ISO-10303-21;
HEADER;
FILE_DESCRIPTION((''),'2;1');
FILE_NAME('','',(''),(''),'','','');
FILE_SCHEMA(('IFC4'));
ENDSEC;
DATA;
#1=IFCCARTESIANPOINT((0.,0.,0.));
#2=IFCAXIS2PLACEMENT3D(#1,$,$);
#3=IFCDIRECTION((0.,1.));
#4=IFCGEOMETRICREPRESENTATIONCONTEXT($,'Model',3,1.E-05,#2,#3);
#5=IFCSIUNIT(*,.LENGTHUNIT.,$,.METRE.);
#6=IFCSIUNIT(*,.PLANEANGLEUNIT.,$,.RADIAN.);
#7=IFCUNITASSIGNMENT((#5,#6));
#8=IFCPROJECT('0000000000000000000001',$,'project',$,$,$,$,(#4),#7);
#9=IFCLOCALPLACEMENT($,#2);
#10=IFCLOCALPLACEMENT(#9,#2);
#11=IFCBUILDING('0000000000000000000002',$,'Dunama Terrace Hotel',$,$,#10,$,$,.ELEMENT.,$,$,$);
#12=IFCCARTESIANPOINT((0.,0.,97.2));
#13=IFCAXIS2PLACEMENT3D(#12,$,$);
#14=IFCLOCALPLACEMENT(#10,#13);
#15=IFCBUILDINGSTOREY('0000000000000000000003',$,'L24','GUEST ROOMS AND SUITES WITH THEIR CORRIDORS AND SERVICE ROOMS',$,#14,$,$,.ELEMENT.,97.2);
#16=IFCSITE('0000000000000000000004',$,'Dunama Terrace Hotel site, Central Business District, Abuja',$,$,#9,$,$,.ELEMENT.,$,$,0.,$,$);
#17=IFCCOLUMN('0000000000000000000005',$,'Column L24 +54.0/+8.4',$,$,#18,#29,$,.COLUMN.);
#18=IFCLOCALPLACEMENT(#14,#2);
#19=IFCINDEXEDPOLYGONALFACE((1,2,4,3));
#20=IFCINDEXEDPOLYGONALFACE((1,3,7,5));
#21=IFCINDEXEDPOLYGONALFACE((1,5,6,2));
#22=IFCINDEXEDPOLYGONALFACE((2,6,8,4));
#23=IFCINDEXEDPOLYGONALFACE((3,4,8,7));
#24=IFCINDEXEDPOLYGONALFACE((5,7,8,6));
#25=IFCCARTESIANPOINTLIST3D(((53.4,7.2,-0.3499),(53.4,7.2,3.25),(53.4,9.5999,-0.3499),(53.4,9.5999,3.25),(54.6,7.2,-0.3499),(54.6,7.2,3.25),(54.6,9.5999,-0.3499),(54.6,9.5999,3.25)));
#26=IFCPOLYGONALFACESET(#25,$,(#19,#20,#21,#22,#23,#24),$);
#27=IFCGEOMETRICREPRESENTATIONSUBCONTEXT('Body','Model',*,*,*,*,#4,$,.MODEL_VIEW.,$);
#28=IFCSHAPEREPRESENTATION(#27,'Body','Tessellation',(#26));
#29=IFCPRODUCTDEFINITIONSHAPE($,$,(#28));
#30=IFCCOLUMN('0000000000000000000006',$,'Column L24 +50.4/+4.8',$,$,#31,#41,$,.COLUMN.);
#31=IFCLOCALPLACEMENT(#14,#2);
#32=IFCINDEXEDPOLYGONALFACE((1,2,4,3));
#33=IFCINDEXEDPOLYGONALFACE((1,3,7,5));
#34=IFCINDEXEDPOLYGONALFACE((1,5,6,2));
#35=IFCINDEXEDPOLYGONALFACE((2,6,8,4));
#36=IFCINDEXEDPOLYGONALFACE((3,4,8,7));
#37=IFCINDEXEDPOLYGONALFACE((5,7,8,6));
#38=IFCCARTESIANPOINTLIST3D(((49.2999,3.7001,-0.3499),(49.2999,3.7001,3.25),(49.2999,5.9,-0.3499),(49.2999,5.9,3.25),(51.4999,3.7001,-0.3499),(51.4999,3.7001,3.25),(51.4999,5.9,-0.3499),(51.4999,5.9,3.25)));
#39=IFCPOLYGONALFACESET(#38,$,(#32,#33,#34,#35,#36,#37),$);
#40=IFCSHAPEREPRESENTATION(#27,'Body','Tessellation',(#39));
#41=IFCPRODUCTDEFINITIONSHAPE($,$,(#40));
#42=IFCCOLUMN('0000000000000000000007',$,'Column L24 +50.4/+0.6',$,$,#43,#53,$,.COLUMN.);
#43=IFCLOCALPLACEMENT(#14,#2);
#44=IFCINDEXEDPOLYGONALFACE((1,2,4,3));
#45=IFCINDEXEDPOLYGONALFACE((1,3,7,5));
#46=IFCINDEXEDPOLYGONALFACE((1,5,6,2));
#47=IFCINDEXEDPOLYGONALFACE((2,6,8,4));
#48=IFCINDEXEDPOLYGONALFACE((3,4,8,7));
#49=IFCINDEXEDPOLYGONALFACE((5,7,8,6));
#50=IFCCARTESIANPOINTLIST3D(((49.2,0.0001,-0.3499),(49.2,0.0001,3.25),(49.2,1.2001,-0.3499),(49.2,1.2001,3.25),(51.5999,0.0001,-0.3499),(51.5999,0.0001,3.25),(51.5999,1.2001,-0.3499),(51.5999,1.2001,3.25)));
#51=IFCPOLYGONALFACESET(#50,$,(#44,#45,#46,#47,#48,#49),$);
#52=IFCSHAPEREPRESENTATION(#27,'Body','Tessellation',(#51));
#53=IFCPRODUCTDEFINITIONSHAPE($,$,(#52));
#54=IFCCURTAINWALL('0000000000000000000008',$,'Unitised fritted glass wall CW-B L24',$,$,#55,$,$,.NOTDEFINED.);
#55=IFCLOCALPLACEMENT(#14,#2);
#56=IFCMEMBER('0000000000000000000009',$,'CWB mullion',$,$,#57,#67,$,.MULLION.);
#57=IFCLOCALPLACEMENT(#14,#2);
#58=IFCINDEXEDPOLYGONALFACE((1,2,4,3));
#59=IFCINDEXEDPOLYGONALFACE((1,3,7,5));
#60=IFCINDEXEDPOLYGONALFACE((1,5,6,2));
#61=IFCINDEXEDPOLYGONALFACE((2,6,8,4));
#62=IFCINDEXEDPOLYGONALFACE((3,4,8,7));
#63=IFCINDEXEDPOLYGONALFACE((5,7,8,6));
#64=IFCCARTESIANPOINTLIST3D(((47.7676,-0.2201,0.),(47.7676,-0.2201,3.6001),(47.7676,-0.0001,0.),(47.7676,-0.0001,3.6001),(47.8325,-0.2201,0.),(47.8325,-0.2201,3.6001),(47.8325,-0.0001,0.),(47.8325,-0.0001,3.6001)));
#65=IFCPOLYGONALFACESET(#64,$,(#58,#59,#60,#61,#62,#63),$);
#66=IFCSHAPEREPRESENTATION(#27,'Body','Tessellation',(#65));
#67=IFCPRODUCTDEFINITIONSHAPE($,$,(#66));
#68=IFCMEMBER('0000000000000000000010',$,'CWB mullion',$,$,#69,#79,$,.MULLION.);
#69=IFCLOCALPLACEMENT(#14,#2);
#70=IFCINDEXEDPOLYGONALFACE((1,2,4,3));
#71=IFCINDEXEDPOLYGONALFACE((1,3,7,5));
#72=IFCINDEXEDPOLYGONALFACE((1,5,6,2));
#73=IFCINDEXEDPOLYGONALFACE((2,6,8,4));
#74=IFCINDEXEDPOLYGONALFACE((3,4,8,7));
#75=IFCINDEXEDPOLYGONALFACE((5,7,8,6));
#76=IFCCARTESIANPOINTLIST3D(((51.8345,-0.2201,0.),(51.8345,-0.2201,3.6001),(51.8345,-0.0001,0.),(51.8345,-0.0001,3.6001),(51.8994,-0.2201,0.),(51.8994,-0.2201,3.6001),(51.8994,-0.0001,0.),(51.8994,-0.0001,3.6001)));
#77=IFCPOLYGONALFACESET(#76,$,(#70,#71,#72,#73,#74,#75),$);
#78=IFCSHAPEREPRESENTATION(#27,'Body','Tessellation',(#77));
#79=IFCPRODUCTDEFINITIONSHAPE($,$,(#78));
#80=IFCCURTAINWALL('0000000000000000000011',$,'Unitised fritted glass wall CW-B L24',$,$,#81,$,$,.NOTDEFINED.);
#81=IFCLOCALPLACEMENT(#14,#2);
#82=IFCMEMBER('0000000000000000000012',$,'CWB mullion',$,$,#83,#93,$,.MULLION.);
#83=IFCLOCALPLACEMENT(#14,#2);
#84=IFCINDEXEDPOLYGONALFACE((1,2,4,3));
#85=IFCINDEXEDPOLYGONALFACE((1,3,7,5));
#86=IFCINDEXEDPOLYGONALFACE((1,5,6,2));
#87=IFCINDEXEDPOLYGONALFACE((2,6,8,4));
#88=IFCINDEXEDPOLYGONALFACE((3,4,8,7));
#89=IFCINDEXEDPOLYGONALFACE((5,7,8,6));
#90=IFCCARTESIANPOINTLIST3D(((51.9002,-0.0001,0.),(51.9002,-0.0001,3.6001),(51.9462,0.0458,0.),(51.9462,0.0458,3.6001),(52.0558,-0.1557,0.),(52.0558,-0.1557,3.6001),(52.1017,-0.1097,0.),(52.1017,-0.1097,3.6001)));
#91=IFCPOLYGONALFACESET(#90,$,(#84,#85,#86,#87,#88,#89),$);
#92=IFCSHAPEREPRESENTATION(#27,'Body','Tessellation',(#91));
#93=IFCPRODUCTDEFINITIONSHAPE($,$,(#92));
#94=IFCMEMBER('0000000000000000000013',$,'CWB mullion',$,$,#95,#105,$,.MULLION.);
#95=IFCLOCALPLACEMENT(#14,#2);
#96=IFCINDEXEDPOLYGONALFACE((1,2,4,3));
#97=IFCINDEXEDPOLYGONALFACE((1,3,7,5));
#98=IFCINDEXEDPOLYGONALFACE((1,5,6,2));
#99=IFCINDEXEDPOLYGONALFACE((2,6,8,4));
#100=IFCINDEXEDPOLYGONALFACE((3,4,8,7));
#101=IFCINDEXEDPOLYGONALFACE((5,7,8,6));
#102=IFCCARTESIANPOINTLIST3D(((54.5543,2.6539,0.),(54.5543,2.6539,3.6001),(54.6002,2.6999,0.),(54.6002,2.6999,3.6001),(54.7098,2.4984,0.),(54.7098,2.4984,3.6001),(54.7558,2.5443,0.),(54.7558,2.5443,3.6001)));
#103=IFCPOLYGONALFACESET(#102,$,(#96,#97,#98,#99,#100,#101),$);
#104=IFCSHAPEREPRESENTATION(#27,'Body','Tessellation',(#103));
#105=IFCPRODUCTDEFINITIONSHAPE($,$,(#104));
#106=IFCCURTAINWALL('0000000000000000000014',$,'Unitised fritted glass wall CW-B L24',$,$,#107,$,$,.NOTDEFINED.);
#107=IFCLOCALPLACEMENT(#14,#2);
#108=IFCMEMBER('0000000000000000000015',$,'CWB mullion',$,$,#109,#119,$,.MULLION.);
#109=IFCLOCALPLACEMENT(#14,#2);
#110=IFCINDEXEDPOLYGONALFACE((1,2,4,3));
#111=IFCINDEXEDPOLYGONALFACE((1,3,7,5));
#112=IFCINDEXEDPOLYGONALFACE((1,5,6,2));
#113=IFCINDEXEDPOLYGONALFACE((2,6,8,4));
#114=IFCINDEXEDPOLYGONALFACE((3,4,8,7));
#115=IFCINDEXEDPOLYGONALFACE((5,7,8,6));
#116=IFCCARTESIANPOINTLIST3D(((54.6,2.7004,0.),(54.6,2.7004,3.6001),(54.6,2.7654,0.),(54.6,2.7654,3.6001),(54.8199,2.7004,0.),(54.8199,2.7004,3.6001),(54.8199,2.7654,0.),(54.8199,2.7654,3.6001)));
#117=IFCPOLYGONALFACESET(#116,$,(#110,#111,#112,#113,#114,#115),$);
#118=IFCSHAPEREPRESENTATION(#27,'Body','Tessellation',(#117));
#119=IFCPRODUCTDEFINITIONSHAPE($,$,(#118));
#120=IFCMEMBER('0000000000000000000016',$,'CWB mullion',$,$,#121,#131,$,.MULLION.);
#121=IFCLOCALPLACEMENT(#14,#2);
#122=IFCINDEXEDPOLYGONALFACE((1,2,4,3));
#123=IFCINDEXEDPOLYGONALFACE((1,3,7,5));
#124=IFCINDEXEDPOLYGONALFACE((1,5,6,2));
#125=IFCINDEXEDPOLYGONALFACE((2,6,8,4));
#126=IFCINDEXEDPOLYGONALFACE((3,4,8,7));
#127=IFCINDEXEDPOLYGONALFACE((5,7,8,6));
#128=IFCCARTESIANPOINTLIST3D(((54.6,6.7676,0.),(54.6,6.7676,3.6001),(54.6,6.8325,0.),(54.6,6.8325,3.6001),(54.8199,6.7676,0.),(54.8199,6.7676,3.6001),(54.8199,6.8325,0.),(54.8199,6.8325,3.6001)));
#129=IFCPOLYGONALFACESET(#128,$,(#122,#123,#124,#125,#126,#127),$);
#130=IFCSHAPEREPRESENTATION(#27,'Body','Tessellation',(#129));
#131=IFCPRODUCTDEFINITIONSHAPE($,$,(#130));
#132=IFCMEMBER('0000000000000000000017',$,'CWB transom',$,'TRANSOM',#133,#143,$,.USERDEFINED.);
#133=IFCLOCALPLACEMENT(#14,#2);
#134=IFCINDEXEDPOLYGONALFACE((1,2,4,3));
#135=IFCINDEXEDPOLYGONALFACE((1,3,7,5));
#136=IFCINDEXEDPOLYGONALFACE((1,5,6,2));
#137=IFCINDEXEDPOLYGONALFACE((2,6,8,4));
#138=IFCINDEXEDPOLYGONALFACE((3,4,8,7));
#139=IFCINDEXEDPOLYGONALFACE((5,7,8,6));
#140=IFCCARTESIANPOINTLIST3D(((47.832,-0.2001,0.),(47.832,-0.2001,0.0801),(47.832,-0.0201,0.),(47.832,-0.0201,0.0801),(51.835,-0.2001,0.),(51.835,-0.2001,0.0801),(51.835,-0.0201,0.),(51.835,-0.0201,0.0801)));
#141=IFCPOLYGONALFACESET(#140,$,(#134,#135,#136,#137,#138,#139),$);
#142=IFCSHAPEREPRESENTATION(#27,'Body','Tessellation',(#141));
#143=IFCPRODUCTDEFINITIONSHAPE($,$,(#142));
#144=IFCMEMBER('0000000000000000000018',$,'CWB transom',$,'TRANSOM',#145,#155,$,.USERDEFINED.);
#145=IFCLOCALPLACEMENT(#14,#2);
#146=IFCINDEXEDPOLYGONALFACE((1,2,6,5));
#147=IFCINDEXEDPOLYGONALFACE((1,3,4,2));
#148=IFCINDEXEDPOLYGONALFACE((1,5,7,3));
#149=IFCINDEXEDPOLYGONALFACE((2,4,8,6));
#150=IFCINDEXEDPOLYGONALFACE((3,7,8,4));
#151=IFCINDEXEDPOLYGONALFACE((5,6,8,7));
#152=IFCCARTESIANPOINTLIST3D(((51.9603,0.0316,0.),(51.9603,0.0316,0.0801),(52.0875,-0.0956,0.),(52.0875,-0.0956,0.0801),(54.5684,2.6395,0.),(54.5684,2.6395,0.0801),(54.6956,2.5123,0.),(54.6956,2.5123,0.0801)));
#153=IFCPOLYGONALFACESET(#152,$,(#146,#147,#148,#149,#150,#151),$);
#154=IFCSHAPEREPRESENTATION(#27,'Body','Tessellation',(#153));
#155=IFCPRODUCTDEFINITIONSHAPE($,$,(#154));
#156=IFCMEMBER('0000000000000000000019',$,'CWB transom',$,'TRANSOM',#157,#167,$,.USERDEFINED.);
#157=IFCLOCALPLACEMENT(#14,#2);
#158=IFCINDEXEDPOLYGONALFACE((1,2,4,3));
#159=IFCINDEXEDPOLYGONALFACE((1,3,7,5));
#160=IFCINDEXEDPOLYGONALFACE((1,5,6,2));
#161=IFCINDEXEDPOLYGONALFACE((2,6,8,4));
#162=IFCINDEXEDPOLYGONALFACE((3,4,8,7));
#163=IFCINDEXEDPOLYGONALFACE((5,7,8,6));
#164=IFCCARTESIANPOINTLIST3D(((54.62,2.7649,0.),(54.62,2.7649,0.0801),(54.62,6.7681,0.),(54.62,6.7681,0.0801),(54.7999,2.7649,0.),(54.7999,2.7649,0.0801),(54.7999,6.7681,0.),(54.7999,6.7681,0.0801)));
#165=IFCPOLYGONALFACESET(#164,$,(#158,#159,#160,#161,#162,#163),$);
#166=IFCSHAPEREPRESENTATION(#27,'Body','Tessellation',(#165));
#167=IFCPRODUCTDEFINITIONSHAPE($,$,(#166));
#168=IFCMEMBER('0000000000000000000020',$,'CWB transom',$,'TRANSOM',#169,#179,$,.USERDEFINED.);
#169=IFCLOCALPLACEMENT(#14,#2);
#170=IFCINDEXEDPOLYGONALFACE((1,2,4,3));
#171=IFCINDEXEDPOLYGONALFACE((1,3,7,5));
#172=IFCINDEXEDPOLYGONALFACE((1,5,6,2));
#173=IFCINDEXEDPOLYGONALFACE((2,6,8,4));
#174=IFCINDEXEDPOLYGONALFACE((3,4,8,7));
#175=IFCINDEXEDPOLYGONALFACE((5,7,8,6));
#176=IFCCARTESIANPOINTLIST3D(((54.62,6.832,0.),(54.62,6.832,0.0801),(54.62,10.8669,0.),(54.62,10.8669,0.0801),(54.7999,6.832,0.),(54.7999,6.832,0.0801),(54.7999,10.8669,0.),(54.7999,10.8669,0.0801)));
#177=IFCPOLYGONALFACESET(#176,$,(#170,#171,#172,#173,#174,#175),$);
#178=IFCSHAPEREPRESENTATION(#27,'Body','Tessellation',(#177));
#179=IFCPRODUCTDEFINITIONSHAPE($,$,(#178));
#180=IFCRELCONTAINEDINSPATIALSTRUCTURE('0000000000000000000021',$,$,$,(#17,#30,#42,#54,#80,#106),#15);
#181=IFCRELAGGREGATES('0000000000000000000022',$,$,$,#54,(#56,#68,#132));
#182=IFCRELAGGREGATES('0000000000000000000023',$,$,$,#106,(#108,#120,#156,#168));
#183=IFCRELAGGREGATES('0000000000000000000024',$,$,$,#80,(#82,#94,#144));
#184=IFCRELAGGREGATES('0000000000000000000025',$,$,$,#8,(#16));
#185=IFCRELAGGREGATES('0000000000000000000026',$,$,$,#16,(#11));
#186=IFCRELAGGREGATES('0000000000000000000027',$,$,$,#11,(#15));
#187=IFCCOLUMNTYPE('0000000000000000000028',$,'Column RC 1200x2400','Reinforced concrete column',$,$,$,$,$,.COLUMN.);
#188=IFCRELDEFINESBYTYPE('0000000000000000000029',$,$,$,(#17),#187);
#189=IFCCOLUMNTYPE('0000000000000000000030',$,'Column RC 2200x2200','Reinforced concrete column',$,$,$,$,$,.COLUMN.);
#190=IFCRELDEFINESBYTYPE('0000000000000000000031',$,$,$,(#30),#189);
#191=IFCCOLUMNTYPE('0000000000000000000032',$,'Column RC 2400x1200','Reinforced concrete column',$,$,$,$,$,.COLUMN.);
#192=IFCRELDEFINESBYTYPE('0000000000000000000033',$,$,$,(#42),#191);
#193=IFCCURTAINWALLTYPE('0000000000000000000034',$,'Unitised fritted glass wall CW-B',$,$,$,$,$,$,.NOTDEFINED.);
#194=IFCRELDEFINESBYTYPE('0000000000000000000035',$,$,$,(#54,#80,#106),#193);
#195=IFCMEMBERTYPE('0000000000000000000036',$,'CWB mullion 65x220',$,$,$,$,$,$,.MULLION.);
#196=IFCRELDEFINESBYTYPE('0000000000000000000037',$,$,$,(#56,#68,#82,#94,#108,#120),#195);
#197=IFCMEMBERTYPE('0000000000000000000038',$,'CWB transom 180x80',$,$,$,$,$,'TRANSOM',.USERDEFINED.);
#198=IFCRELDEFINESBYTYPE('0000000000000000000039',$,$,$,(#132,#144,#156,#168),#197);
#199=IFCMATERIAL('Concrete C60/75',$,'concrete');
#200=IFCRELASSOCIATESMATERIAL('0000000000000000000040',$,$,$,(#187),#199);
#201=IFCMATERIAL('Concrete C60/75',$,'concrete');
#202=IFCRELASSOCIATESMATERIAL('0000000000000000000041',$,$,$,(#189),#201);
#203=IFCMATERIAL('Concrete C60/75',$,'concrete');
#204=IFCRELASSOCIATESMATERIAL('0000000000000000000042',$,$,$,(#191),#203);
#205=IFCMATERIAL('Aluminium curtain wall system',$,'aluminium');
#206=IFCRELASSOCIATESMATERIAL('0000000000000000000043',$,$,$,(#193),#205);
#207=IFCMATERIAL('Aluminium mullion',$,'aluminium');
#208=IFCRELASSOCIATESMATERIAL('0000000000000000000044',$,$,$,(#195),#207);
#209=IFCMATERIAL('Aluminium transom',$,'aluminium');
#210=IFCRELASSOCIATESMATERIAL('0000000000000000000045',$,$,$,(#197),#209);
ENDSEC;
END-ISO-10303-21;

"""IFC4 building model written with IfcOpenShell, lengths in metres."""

from ifc_helpers import new_model, si_unit, direction, frame, origin, origin_2d, place, context, subcontext, project, spatial, rectangle, extrude, material, material_profile, profile_set, type_object, element, aggregate, save


model = new_model("IFC4")

# Units and contexts
model_context = context("Model", 3, precision=1e-05, world=origin(), true_north=direction((0.0, 1.0)))
body_context = subcontext(model_context, "Body", "Model", "MODEL_VIEW")
ifc_project = project(units=[si_unit("LENGTHUNIT", "METRE"), si_unit("PLANEANGLEUNIT", "RADIAN")], contexts=[model_context])

# Site, building, storey
site_placement = place(None, origin())
site = spatial("IfcSite", under=ifc_project, at=site_placement, Name="Dunama Terrace Hotel site, Central Business District, Abuja", CompositionType="ELEMENT", RefElevation=0.0)
building_placement = place(site_placement, origin())
building = spatial("IfcBuilding", under=site, at=building_placement, Name="Dunama Terrace Hotel", CompositionType="ELEMENT")
storey_placement = place(building_placement, frame((0.0, 0.0, 97.2)))
storey = spatial("IfcBuildingStorey", under=building, at=storey_placement, Name="L24", Description="GUEST ROOMS AND SUITES WITH THEIR CORRIDORS AND SERVICE ROOMS", CompositionType="ELEMENT", Elevation=97.2)

# Columns
ifc_material_1 = material(Name="Concrete C60/75", Category="concrete")
ifc_material_profile_1 = material_profile(ifc_material_1, rectangle(XDim=1.2, YDim=2.3999, at=origin_2d()), Name="RC 1200x2400")
ifc_profile_set_1 = profile_set([ifc_material_profile_1], Name="Concrete C60/75")
column_type_1 = type_object("IfcColumnType", Name="Column RC 1200x2400", Description="Reinforced concrete column", PredefinedType="COLUMN", material=ifc_profile_set_1)
column_1_placement = place(storey_placement, frame((54.0, 8.3999, -0.3499), z_axis=(0.0, 0.0, 1.0), x_axis=(1.0, 0.0, 0.0)))
element("IfcColumn", 1, at=column_1_placement, inside=storey, type_object=column_type_1, Name="Column L24 +54.0/+8.4", PredefinedType="COLUMN", context=body_context, shape_type="SweptSolid", body=[
    extrude(rectangle(XDim=1.2, YDim=2.3999, at=origin_2d()), origin(), (0.0, 0.0, 1.0), 3.5999),
])
ifc_material_2 = material(Name="Concrete C60/75", Category="concrete")
ifc_material_profile_2 = material_profile(ifc_material_2, rectangle(XDim=2.2, YDim=2.2, at=origin_2d()), Name="RC 2200x2200")
ifc_profile_set_2 = profile_set([ifc_material_profile_2], Name="Concrete C60/75")
column_type_2 = type_object("IfcColumnType", Name="Column RC 2200x2200", Description="Reinforced concrete column", PredefinedType="COLUMN", material=ifc_profile_set_2)
column_2_placement = place(storey_placement, frame((50.3999, 4.8, -0.3499), z_axis=(0.0, 0.0, 1.0), x_axis=(1.0, 0.0, 0.0)))
element("IfcColumn", 2, at=column_2_placement, inside=storey, type_object=column_type_2, Name="Column L24 +50.4/+4.8", PredefinedType="COLUMN", context=body_context, shape_type="SweptSolid", body=[
    extrude(rectangle(XDim=2.2, YDim=2.2, at=origin_2d()), origin(), (0.0, 0.0, 1.0), 3.5999),
])
ifc_material_3 = material(Name="Concrete C60/75", Category="concrete")
ifc_material_profile_3 = material_profile(ifc_material_3, rectangle(XDim=2.3999, YDim=1.2, at=origin_2d()), Name="RC 2400x1200")
ifc_profile_set_3 = profile_set([ifc_material_profile_3], Name="Concrete C60/75")
column_type_3 = type_object("IfcColumnType", Name="Column RC 2400x1200", Description="Reinforced concrete column", PredefinedType="COLUMN", material=ifc_profile_set_3)
column_3_placement = place(storey_placement, frame((50.3999, 0.6001, -0.3499), z_axis=(0.0, 0.0, 1.0), x_axis=(1.0, 0.0, 0.0)))
element("IfcColumn", 3, at=column_3_placement, inside=storey, type_object=column_type_3, Name="Column L24 +50.4/+0.6", PredefinedType="COLUMN", context=body_context, shape_type="SweptSolid", body=[
    extrude(rectangle(XDim=2.3999, YDim=1.2, at=origin_2d()), origin(), (0.0, 0.0, 1.0), 3.5999),
])

# Curtain walls, members
ifc_material_4 = material(Name="Aluminium curtain wall system", Category="aluminium")
curtain_wall_type = type_object("IfcCurtainWallType", Name="Unitised fritted glass wall CW-B", PredefinedType="NOTDEFINED", material=ifc_material_4)
curtain_wall_1_placement = place(storey_placement, origin())
curtain_wall_1 = element("IfcCurtainWall", 4, at=curtain_wall_1_placement, inside=storey, type_object=curtain_wall_type, Name="Unitised fritted glass wall CW-B L24", PredefinedType="NOTDEFINED")
ifc_material_5 = material(Name="Aluminium mullion", Category="aluminium")
ifc_material_profile_4 = material_profile(ifc_material_5, rectangle(XDim=0.0649, YDim=0.22, at=origin_2d()), Name="CWB MULLION 65X220")
ifc_profile_set_4 = profile_set([ifc_material_profile_4], Name="Aluminium mullion")
member_type_1 = type_object("IfcMemberType", Name="CWB mullion 65x220", PredefinedType="MULLION", material=ifc_profile_set_4)
member_1_placement = place(storey_placement, frame((47.8, -0.1101, 0.0), z_axis=(0.0, 0.0, 1.0), x_axis=(1.0, 0.0, 0.0)))
member_1 = element("IfcMember", 5, at=member_1_placement, type_object=member_type_1, Name="CWB mullion", PredefinedType="MULLION", context=body_context, shape_type="SweptSolid", body=[
    extrude(rectangle(XDim=0.0649, YDim=0.22, at=origin_2d()), origin(), (0.0, 0.0, 1.0), 3.6001),
])
member_2_placement = place(storey_placement, frame((51.8669, -0.1101, 0.0), z_axis=(0.0, 0.0, 1.0), x_axis=(1.0, 0.0, 0.0)))
member_2 = element("IfcMember", 6, at=member_2_placement, type_object=member_type_1, Name="CWB mullion", PredefinedType="MULLION", context=body_context, shape_type="SweptSolid", body=[
    extrude(rectangle(XDim=0.0649, YDim=0.22, at=origin_2d()), origin(), (0.0, 0.0, 1.0), 3.6001),
])
curtain_wall_2_placement = place(storey_placement, origin())
curtain_wall_2 = element("IfcCurtainWall", 7, at=curtain_wall_2_placement, inside=storey, type_object=curtain_wall_type, Name="Unitised fritted glass wall CW-B L24", PredefinedType="NOTDEFINED")
member_3_placement = place(storey_placement, frame((52.001, -0.0549, 0.0), z_axis=(0.0, 0.0, 1.0), x_axis=(0.707107, 0.707107, 0.0)))
member_3 = element("IfcMember", 8, at=member_3_placement, type_object=member_type_1, Name="CWB mullion", PredefinedType="MULLION", context=body_context, shape_type="SweptSolid", body=[
    extrude(rectangle(XDim=0.0649, YDim=0.22, at=origin_2d()), origin(), (0.0, 0.0, 1.0), 3.6001),
])
member_4_placement = place(storey_placement, frame((54.655, 2.5991, 0.0), z_axis=(0.0, 0.0, 1.0), x_axis=(0.707107, 0.707107, 0.0)))
member_4 = element("IfcMember", 9, at=member_4_placement, type_object=member_type_1, Name="CWB mullion", PredefinedType="MULLION", context=body_context, shape_type="SweptSolid", body=[
    extrude(rectangle(XDim=0.0649, YDim=0.22, at=origin_2d()), origin(), (0.0, 0.0, 1.0), 3.6001),
])
curtain_wall_3_placement = place(storey_placement, origin())
curtain_wall_3 = element("IfcCurtainWall", 10, at=curtain_wall_3_placement, inside=storey, type_object=curtain_wall_type, Name="Unitised fritted glass wall CW-B L24", PredefinedType="NOTDEFINED")
member_5_placement = place(storey_placement, frame((54.71, 2.7329, 0.0), z_axis=(0.0, 0.0, 1.0), x_axis=(0.0, 1.0, 0.0)))
member_5 = element("IfcMember", 11, at=member_5_placement, type_object=member_type_1, Name="CWB mullion", PredefinedType="MULLION", context=body_context, shape_type="SweptSolid", body=[
    extrude(rectangle(XDim=0.0649, YDim=0.22, at=origin_2d()), origin(), (0.0, 0.0, 1.0), 3.6001),
])
member_6_placement = place(storey_placement, frame((54.71, 6.8, 0.0), z_axis=(0.0, 0.0, 1.0), x_axis=(0.0, 1.0, 0.0)))
member_6 = element("IfcMember", 12, at=member_6_placement, type_object=member_type_1, Name="CWB mullion", PredefinedType="MULLION", context=body_context, shape_type="SweptSolid", body=[
    extrude(rectangle(XDim=0.0649, YDim=0.22, at=origin_2d()), origin(), (0.0, 0.0, 1.0), 3.6001),
])

# Members
ifc_material_6 = material(Name="Aluminium transom", Category="aluminium")
ifc_material_profile_5 = material_profile(ifc_material_6, rectangle(XDim=0.1799, YDim=0.0801, at=origin_2d()), Name="CWB TRANSOM 180X80")
ifc_profile_set_5 = profile_set([ifc_material_profile_5], Name="Aluminium transom")
member_type_2 = type_object("IfcMemberType", Name="CWB transom 180x80", ElementType="TRANSOM", PredefinedType="USERDEFINED", material=ifc_profile_set_5)
member_7_placement = place(storey_placement, frame((47.832, -0.1101, 0.04), z_axis=(1.0, 0.0, 0.0), x_axis=(0.0, 1.0, 0.0)))
member_7 = element("IfcMember", 13, at=member_7_placement, type_object=member_type_2, Name="CWB transom", ObjectType="TRANSOM", PredefinedType="USERDEFINED", context=body_context, shape_type="SweptSolid", body=[
    extrude(rectangle(XDim=0.1799, YDim=0.0801, at=origin_2d()), origin(), (0.0, 0.0, 1.0), 4.0029),
])
member_8_placement = place(storey_placement, frame((52.0239, -0.032, 0.04), z_axis=(0.70714, 0.707074, 0.0), x_axis=(-0.707074, 0.70714, 0.0)))
member_8 = element("IfcMember", 14, at=member_8_placement, type_object=member_type_2, Name="CWB transom", ObjectType="TRANSOM", PredefinedType="USERDEFINED", context=body_context, shape_type="SweptSolid", body=[
    extrude(rectangle(XDim=0.1799, YDim=0.0801, at=origin_2d()), origin(), (0.0, 0.0, 1.0), 3.6882),
])
member_9_placement = place(storey_placement, frame((54.71, 2.7649, 0.04), z_axis=(0.0, 1.0, 0.0), x_axis=(-1.0, 0.0, 0.0)))
member_9 = element("IfcMember", 15, at=member_9_placement, type_object=member_type_2, Name="CWB transom", ObjectType="TRANSOM", PredefinedType="USERDEFINED", context=body_context, shape_type="SweptSolid", body=[
    extrude(rectangle(XDim=0.1799, YDim=0.0801, at=origin_2d()), origin(), (0.0, 0.0, 1.0), 4.0032),
])
member_10_placement = place(storey_placement, frame((54.71, 6.832, 0.04), z_axis=(0.0, 1.0, 0.0), x_axis=(-1.0, 0.0, 0.0)))
member_10 = element("IfcMember", 16, at=member_10_placement, type_object=member_type_2, Name="CWB transom", ObjectType="TRANSOM", PredefinedType="USERDEFINED", context=body_context, shape_type="SweptSolid", body=[
    extrude(rectangle(XDim=0.1799, YDim=0.0801, at=origin_2d()), origin(), (0.0, 0.0, 1.0), 4.0349),
])

aggregate(curtain_wall_1, [member_1, member_2, member_7])
aggregate(curtain_wall_3, [member_5, member_6, member_9, member_10])
aggregate(curtain_wall_2, [member_3, member_4, member_8])

save(model, "model.ifc")
